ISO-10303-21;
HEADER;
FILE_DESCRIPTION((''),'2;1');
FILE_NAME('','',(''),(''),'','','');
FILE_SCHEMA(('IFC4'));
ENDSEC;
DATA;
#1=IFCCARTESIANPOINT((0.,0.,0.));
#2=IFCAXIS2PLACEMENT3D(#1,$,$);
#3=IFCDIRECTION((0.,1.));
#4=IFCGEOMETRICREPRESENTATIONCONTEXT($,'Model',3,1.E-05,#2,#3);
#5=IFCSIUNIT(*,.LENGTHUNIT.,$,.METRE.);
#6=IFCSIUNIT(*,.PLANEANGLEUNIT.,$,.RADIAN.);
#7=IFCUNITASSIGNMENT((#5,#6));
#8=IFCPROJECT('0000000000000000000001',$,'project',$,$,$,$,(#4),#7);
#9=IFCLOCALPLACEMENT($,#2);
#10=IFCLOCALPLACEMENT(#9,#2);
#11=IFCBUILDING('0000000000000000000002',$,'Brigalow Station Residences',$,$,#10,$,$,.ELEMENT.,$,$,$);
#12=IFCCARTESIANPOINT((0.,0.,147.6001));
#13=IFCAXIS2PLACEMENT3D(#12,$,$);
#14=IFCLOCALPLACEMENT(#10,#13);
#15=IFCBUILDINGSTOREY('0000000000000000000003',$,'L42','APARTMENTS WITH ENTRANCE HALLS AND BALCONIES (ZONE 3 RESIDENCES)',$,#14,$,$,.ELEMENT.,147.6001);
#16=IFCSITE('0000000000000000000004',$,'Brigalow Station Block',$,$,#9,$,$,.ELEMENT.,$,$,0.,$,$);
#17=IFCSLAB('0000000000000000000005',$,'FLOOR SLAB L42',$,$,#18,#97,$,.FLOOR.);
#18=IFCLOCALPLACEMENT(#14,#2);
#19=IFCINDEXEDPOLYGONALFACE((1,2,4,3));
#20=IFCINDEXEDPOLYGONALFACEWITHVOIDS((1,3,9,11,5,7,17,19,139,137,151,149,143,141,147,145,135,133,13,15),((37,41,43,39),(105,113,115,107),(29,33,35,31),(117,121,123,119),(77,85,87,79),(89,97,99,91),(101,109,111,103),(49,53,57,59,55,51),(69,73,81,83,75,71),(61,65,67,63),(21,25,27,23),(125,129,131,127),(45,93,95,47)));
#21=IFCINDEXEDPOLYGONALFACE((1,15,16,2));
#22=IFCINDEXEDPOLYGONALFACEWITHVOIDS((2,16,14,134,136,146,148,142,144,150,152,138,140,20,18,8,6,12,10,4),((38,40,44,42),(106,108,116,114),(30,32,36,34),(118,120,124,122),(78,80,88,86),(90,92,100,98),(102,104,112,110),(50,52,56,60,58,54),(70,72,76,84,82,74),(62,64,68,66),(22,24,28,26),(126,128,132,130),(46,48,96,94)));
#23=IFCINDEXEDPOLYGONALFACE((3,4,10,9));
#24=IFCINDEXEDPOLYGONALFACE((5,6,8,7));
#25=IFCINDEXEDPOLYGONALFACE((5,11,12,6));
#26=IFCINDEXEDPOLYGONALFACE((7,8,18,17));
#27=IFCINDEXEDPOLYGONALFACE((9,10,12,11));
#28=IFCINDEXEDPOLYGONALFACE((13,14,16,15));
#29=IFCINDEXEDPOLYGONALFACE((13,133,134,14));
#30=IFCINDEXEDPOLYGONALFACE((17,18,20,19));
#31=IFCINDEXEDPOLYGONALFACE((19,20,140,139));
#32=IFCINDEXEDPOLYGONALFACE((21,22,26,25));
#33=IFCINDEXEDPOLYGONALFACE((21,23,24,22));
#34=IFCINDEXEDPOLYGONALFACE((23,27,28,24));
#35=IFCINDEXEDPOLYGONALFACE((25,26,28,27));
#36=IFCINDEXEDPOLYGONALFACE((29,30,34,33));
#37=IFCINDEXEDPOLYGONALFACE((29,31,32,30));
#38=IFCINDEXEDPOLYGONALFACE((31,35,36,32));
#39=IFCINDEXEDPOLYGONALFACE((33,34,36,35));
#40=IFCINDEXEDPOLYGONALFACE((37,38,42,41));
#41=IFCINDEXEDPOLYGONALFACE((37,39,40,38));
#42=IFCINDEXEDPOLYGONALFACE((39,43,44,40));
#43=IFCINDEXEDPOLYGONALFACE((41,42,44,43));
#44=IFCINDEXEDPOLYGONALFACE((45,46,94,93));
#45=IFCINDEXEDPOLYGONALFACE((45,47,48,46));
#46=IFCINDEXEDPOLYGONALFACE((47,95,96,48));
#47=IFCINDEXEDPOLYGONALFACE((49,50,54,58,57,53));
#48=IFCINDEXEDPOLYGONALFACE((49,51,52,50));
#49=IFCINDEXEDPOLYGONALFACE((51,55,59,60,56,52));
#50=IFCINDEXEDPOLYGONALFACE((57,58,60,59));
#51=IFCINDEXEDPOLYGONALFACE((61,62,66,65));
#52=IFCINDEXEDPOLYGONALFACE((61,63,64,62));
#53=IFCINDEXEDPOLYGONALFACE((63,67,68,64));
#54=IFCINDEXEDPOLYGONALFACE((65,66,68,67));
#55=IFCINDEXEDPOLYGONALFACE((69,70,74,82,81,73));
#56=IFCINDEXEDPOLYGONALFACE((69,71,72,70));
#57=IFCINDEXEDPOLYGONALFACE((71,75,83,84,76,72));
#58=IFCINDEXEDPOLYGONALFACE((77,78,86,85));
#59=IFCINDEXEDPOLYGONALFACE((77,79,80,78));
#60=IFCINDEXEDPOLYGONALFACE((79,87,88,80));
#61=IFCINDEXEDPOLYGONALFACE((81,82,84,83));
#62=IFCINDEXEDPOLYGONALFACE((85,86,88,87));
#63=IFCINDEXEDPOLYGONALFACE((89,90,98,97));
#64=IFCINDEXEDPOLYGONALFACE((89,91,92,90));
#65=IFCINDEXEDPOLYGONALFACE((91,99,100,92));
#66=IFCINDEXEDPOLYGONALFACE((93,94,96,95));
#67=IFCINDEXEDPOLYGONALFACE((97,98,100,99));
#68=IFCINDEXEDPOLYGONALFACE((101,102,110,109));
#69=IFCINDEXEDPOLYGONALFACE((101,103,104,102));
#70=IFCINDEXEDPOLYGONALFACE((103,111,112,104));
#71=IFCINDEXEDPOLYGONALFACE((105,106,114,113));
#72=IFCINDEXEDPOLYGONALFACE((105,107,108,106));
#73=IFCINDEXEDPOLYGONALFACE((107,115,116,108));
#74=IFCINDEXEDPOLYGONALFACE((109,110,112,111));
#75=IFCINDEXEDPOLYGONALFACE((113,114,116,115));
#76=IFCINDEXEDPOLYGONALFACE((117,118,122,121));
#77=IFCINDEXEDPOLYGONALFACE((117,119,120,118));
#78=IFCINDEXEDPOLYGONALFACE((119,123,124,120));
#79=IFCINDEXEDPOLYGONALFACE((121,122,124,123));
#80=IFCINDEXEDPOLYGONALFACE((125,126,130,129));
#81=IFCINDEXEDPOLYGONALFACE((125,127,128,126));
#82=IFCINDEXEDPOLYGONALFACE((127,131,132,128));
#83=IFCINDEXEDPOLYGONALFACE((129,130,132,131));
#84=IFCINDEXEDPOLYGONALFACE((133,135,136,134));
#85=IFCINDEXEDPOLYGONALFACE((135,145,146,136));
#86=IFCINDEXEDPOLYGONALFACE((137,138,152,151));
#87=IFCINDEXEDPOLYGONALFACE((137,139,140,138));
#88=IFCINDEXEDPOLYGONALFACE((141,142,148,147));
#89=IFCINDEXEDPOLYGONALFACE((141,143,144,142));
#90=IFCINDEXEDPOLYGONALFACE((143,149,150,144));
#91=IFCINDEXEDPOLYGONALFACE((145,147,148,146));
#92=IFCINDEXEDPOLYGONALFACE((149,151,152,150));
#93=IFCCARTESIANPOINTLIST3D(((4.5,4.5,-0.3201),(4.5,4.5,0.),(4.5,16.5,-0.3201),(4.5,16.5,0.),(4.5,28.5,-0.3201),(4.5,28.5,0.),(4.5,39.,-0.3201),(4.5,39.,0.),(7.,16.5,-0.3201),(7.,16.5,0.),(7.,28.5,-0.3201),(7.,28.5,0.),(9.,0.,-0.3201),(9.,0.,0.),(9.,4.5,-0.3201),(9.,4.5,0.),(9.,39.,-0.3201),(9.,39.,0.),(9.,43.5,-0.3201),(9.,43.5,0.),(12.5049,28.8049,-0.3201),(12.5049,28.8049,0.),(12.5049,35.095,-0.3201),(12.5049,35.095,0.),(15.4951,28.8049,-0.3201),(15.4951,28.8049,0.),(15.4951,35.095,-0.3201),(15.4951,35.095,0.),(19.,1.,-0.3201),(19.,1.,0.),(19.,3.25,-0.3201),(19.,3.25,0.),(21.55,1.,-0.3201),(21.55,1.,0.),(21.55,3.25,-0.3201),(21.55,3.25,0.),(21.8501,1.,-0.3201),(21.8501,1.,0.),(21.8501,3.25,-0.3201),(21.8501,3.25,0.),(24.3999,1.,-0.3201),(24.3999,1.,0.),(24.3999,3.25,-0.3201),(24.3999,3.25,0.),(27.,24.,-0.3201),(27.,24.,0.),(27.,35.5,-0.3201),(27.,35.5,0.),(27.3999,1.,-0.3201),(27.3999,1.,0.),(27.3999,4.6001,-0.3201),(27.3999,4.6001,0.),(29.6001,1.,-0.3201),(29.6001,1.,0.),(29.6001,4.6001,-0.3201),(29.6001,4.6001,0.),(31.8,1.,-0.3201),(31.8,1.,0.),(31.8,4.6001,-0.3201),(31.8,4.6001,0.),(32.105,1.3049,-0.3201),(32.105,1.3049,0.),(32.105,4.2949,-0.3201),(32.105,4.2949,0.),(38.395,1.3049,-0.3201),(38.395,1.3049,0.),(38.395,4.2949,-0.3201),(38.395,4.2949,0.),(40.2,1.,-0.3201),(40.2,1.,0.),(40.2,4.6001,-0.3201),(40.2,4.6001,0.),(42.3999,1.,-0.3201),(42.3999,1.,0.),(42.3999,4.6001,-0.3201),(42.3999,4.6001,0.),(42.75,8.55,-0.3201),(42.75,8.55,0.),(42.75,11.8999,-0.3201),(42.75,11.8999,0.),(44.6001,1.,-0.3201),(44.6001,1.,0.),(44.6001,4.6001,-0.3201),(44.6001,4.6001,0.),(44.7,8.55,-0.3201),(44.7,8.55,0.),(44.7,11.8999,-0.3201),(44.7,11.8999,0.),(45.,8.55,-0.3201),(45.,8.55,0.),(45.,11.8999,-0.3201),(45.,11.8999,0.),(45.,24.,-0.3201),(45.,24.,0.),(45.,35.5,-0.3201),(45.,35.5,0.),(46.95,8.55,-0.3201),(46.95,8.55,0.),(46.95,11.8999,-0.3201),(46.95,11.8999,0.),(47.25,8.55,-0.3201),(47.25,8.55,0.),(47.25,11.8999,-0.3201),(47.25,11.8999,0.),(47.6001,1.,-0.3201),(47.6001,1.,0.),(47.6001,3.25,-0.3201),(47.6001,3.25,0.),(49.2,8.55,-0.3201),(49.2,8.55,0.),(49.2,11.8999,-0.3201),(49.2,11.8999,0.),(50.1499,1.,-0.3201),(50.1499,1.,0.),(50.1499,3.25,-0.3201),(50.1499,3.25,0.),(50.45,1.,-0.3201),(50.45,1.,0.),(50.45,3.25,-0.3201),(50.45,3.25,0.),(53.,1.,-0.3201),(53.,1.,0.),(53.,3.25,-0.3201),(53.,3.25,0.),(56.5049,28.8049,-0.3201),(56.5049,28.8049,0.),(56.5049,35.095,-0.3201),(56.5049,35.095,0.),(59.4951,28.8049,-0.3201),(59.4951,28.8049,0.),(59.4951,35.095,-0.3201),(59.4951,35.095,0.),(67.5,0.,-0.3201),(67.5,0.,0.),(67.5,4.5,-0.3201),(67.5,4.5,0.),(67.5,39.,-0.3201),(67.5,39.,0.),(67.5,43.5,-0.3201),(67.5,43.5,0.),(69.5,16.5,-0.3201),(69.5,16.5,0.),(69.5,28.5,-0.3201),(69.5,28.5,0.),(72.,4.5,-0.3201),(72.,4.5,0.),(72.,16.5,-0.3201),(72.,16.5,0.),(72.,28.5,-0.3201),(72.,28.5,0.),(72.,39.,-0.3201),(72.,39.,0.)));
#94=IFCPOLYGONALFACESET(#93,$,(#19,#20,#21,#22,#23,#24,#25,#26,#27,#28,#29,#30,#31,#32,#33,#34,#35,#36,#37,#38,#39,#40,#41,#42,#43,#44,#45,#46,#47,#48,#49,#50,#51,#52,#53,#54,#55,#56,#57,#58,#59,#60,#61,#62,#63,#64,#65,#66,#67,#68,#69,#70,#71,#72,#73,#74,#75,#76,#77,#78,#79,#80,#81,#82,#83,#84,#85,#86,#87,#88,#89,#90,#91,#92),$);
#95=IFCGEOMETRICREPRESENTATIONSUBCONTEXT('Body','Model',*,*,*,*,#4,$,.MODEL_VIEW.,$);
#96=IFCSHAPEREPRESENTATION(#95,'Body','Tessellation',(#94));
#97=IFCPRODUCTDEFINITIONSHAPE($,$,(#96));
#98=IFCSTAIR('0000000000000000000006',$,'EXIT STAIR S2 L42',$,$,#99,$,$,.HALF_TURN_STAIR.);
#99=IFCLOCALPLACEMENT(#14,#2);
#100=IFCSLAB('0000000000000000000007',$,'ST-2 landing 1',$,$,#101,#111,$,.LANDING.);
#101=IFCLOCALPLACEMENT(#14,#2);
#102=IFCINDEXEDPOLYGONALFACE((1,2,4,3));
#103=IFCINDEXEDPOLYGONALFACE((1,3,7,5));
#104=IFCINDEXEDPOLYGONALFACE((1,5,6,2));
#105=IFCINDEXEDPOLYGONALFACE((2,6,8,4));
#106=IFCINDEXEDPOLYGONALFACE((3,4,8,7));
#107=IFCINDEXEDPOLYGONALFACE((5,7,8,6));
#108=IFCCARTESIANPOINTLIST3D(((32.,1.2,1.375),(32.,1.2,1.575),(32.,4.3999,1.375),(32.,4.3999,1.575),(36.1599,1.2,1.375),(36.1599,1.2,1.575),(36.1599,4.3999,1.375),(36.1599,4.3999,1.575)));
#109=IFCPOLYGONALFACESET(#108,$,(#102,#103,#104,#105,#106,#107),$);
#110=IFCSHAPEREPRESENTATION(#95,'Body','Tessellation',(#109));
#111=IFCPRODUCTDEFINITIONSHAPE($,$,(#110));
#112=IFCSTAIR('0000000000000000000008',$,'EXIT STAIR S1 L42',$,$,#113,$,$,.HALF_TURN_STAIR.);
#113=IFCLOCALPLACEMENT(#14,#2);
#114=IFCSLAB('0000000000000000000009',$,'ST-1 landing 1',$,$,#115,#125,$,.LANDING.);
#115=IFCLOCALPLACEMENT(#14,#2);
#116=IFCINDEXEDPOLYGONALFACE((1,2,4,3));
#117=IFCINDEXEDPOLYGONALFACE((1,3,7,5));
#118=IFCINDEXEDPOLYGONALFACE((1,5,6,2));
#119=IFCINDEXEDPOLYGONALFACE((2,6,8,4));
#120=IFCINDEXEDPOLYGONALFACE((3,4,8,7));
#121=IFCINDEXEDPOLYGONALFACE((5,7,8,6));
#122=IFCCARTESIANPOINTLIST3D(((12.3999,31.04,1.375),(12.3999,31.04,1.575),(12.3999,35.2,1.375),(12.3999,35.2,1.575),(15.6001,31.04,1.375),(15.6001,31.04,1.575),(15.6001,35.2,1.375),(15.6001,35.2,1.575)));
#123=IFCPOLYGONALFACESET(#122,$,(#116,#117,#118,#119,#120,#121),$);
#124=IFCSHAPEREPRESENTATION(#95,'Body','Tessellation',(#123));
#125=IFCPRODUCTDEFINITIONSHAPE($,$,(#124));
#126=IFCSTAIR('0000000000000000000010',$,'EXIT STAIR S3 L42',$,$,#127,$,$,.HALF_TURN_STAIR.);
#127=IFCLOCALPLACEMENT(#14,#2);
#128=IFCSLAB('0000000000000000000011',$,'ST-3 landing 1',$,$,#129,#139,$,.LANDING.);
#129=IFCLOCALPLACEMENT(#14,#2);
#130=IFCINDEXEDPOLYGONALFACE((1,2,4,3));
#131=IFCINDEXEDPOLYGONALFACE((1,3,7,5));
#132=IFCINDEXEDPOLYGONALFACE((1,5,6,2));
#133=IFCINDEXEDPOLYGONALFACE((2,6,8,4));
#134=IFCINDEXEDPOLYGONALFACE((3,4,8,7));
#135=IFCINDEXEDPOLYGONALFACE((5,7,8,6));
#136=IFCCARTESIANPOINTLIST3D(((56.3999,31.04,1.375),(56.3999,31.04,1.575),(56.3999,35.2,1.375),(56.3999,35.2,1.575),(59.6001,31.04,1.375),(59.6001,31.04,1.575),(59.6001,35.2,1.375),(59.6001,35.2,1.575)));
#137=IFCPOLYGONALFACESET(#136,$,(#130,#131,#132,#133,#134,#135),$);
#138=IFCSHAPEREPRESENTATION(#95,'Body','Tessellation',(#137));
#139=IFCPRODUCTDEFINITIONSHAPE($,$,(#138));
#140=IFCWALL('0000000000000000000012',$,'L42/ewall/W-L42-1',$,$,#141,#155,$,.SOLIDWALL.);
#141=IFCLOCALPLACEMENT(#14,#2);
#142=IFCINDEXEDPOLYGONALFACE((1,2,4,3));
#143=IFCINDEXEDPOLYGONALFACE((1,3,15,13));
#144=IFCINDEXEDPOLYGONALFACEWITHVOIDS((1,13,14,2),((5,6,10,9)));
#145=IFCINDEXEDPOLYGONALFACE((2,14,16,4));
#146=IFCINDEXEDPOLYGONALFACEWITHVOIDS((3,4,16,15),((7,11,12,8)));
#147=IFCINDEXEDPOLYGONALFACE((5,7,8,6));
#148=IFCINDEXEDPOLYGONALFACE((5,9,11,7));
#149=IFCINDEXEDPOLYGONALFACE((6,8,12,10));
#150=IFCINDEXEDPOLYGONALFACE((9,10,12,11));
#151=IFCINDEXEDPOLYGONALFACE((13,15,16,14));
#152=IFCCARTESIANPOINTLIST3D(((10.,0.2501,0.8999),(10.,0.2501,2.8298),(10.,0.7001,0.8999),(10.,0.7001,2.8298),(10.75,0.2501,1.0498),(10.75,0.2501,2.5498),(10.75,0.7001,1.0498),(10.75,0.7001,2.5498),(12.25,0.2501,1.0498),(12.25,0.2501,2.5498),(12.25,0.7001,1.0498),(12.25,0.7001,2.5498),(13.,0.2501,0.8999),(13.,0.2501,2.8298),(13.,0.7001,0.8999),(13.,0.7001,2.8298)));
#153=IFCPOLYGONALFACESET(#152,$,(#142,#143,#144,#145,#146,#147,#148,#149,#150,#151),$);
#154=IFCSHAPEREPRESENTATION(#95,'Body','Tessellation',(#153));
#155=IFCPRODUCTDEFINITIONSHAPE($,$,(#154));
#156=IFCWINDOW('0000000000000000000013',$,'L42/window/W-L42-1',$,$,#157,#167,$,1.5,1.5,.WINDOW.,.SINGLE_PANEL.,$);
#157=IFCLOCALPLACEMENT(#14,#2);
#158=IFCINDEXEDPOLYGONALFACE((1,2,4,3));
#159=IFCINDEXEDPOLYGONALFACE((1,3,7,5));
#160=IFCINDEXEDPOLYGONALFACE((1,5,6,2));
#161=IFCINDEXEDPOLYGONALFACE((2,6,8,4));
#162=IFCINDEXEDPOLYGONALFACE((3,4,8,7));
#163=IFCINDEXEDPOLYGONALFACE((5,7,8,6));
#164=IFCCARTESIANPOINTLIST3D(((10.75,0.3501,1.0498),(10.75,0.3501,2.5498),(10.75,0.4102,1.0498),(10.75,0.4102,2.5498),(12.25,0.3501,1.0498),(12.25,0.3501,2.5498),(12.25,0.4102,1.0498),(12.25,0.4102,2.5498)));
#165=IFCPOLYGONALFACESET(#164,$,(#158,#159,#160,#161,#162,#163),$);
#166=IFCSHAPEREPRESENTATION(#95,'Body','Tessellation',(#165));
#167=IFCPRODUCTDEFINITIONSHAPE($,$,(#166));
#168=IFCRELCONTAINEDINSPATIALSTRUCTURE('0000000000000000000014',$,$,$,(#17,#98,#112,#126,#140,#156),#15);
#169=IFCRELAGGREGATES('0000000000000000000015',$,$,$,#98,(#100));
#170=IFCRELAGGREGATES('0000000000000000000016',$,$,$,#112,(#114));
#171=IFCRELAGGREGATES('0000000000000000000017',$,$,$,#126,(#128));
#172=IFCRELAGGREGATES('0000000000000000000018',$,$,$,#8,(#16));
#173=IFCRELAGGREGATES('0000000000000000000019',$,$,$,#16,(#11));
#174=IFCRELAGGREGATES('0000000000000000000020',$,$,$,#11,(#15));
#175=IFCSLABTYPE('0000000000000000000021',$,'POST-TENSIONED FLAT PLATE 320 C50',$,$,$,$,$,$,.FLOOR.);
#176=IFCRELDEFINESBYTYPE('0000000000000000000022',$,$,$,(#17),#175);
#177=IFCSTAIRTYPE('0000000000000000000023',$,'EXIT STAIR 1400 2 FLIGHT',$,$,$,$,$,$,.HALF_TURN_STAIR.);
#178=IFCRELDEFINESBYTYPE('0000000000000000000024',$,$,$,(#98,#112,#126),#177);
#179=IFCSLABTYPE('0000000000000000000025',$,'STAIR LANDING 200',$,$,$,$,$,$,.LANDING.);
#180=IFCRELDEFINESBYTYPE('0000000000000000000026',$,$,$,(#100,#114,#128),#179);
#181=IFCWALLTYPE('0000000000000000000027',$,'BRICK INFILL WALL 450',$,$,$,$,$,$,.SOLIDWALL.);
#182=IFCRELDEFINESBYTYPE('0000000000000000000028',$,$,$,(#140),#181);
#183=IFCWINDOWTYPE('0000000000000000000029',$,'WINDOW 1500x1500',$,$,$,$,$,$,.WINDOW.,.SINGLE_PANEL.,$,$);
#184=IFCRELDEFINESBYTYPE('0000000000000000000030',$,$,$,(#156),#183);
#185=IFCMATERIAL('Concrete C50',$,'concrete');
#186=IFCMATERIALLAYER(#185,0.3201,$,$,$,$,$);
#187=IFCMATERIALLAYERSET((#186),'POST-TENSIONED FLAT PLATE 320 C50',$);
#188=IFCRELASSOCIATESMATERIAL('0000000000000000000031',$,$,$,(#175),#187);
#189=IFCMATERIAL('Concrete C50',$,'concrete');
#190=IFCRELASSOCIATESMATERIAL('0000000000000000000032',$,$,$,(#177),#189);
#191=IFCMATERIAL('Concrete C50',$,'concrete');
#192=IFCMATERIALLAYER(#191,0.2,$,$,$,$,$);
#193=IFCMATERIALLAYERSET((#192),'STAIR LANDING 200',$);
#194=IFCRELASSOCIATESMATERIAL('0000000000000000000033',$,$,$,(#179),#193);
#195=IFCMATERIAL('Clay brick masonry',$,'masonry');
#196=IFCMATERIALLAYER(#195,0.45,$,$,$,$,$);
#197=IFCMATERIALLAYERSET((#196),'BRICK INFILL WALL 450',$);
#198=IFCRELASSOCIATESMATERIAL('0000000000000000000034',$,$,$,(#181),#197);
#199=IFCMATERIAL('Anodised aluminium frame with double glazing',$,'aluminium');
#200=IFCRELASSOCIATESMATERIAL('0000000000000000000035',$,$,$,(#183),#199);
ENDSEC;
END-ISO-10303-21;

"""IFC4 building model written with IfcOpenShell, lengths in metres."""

from ifc_helpers import new_model, si_unit, direction, frame, frame_2d, origin, place, context, subcontext, project, spatial, polyline, rectangle, outline, extrude, material, layer, layer_set, type_object, element, fill, aggregate, save


model = new_model("IFC4")

# Units and contexts
model_context = context("Model", 3, precision=1e-05, world=origin(), true_north=direction((0.0, 1.0)))
body_context = subcontext(model_context, "Body", "Model", "MODEL_VIEW")
ifc_project = project(units=[si_unit("LENGTHUNIT", "METRE"), si_unit("PLANEANGLEUNIT", "RADIAN")], contexts=[model_context])

# Site, building, storey
site_placement = place(None, origin())
site = spatial("IfcSite", under=ifc_project, at=site_placement, Name="Brigalow Station Block", CompositionType="ELEMENT", RefElevation=0.0)
building_placement = place(site_placement, origin())
building = spatial("IfcBuilding", under=site, at=building_placement, Name="Brigalow Station Residences", CompositionType="ELEMENT")
storey_placement = place(building_placement, frame((0.0, 0.0, 147.6001)))
storey = spatial("IfcBuildingStorey", under=building, at=storey_placement, Name="L42", Description="APARTMENTS WITH ENTRANCE HALLS AND BALCONIES (ZONE 3 RESIDENCES)", CompositionType="ELEMENT", Elevation=147.6001)

# Slab
ifc_material_1 = material(Name="Concrete C50", Category="concrete")
ifc_layer_1 = layer(ifc_material_1, 0.3201)
ifc_layer_set_1 = layer_set([ifc_layer_1], Name="POST-TENSIONED FLAT PLATE 320 C50")
slab_type_1 = type_object("IfcSlabType", Name="POST-TENSIONED FLAT PLATE 320 C50", PredefinedType="FLOOR", material=ifc_layer_set_1)
slab_1_placement = place(storey_placement, frame((0.0, 0.0, -0.3201)))
element("IfcSlab", 1, at=slab_1_placement, inside=storey, type_object=slab_type_1, Name="FLOOR SLAB L42", PredefinedType="FLOOR", context=body_context, shape_type="SweptSolid", body=[
    extrude(outline(polyline([(9.0, 0.0), (67.5, 0.0), (67.5, 4.5), (72.0, 4.5), (72.0, 16.5), (69.5, 16.5), (69.5, 28.5), (72.0, 28.5), (72.0, 39.0), (67.5, 39.0), (67.5, 43.5), (9.0, 43.5), (9.0, 39.0), (4.5, 39.0), (4.5, 28.5), (7.0, 28.5), (7.0, 16.5), (4.5, 16.5), (4.5, 4.5), (9.0, 4.5), (9.0, 0.0)]), holes=[polyline([(12.5049, 35.095), (15.4951, 35.095), (15.4951, 28.8049), (12.5049, 28.8049), (12.5049, 35.095)]), polyline([(19.0, 1.0), (19.0, 3.25), (21.55, 3.25), (21.55, 1.0), (19.0, 1.0)]), polyline([(21.8501, 3.25), (24.3999, 3.25), (24.3999, 1.0), (21.8501, 1.0), (21.8501, 3.25)]), polyline([(27.0, 35.5), (45.0, 35.5), (45.0, 24.0), (27.0, 24.0), (27.0, 35.5)]), polyline([(29.6001, 4.6001), (31.8, 4.6001), (31.8, 1.0), (29.6001, 1.0), (27.3999, 1.0), (27.3999, 4.6001), (29.6001, 4.6001)]), polyline([(32.105, 4.2949), (38.395, 4.2949), (38.395, 1.3049), (32.105, 1.3049), (32.105, 4.2949)]), polyline([(40.2, 4.6001), (42.3999, 4.6001), (44.6001, 4.6001), (44.6001, 1.0), (42.3999, 1.0), (40.2, 1.0), (40.2, 4.6001)]), polyline([(42.75, 11.8999), (44.7, 11.8999), (44.7, 8.55), (42.75, 8.55), (42.75, 11.8999)]), polyline([(45.0, 11.8999), (46.95, 11.8999), (46.95, 8.55), (45.0, 8.55), (45.0, 11.8999)]), polyline([(47.25, 11.8999), (49.2, 11.8999), (49.2, 8.55), (47.25, 8.55), (47.25, 11.8999)]), polyline([(47.6001, 3.25), (50.1499, 3.25), (50.1499, 1.0), (47.6001, 1.0), (47.6001, 3.25)]), polyline([(50.45, 3.25), (53.0, 3.25), (53.0, 1.0), (50.45, 1.0), (50.45, 3.25)]), polyline([(56.5049, 35.095), (59.4951, 35.095), (59.4951, 28.8049), (56.5049, 28.8049), (56.5049, 35.095)])]), origin(), (0.0, 0.0, 1.0), 0.3201),
])

# Stairs, slabs
ifc_material_2 = material(Name="Concrete C50", Category="concrete")
stair_type = type_object("IfcStairType", Name="EXIT STAIR 1400 2 FLIGHT", PredefinedType="HALF_TURN_STAIR", material=ifc_material_2)
stair_1_placement = place(storey_placement, origin())
stair_1 = element("IfcStair", 2, at=stair_1_placement, inside=storey, type_object=stair_type, Name="EXIT STAIR S2 L42", PredefinedType="HALF_TURN_STAIR")
ifc_material_3 = material(Name="Concrete C50", Category="concrete")
ifc_layer_2 = layer(ifc_material_3, 0.2)
ifc_layer_set_2 = layer_set([ifc_layer_2], Name="STAIR LANDING 200")
slab_type_2 = type_object("IfcSlabType", Name="STAIR LANDING 200", PredefinedType="LANDING", material=ifc_layer_set_2)
slab_2_placement = place(storey_placement, frame((0.0, 0.0, 1.375)))
slab_2 = element("IfcSlab", 3, at=slab_2_placement, type_object=slab_type_2, Name="ST-2 landing 1", PredefinedType="LANDING", context=body_context, shape_type="SweptSolid", body=[
    extrude(outline(polyline([(32.0, 1.2), (36.1599, 1.2), (36.1599, 4.3999), (32.0, 4.3999), (32.0, 1.2)])), origin(), (0.0, 0.0, 1.0), 0.2),
])
aggregate(stair_1, [slab_2])
stair_2_placement = place(storey_placement, origin())
stair_2 = element("IfcStair", 4, at=stair_2_placement, inside=storey, type_object=stair_type, Name="EXIT STAIR S1 L42", PredefinedType="HALF_TURN_STAIR")
slab_3_placement = place(storey_placement, frame((0.0, 0.0, 1.375)))
slab_3 = element("IfcSlab", 5, at=slab_3_placement, type_object=slab_type_2, Name="ST-1 landing 1", PredefinedType="LANDING", context=body_context, shape_type="SweptSolid", body=[
    extrude(outline(polyline([(12.3999, 31.04), (15.6001, 31.04), (15.6001, 35.2), (12.3999, 35.2), (12.3999, 31.04)])), origin(), (0.0, 0.0, 1.0), 0.2),
])
aggregate(stair_2, [slab_3])
stair_3_placement = place(storey_placement, origin())
stair_3 = element("IfcStair", 6, at=stair_3_placement, inside=storey, type_object=stair_type, Name="EXIT STAIR S3 L42", PredefinedType="HALF_TURN_STAIR")
slab_4_placement = place(storey_placement, frame((0.0, 0.0, 1.375)))
slab_4 = element("IfcSlab", 7, at=slab_4_placement, type_object=slab_type_2, Name="ST-3 landing 1", PredefinedType="LANDING", context=body_context, shape_type="SweptSolid", body=[
    extrude(outline(polyline([(56.3999, 31.04), (59.6001, 31.04), (59.6001, 35.2), (56.3999, 35.2), (56.3999, 31.04)])), origin(), (0.0, 0.0, 1.0), 0.2),
])
aggregate(stair_3, [slab_4])

# Wall, opening, window
ifc_material_4 = material(Name="Clay brick masonry", Category="masonry")
ifc_layer_3 = layer(ifc_material_4, 0.45)
ifc_layer_set_3 = layer_set([ifc_layer_3], Name="BRICK INFILL WALL 450")
wall_type = type_object("IfcWallType", Name="BRICK INFILL WALL 450", PredefinedType="SOLIDWALL", material=ifc_layer_set_3)
wall_1_placement = place(storey_placement, frame((10.0, 0.4751, 0.8999), z_axis=(0.0, 0.0, 1.0), x_axis=(1.0, 0.0, 0.0)))
wall_1 = element("IfcWall", 8, at=wall_1_placement, inside=storey, type_object=wall_type, Name="L42/ewall/W-L42-1", PredefinedType="SOLIDWALL", context=body_context, shape_type="SweptSolid", body=[
    extrude(rectangle(XDim=3.0, YDim=0.45, at=frame_2d((1.5, 0.0))), origin(), (0.0, 0.0, 1.0), 1.9299),
])
opening_1_placement = place(wall_1_placement, frame((0.75, 0.0, 0.1499)))
opening_1 = element("IfcOpeningElement", 9, at=opening_1_placement, cuts=wall_1, PredefinedType="OPENING", context=body_context, shape_type="SweptSolid", body=[
    extrude(rectangle(XDim=1.5, YDim=1.5, at=frame_2d((0.75, 0.75))), frame((0.0, 0.2349, 0.0), z_axis=(0.0, -1.0, 0.0), x_axis=(1.0, 0.0, 0.0)), (0.0, 0.0, 1.0), 0.47),
])
ifc_material_5 = material(Name="Anodised aluminium frame with double glazing", Category="aluminium")
window_type_1 = type_object("IfcWindowType", Name="WINDOW 1500x1500", PartitioningType="SINGLE_PANEL", PredefinedType="WINDOW", material=ifc_material_5)
window_1_placement = place(opening_1_placement, origin())
window_1 = element("IfcWindow", 10, at=window_1_placement, inside=storey, type_object=window_type_1, Name="L42/window/W-L42-1", OverallHeight=1.5, OverallWidth=1.5, PartitioningType="SINGLE_PANEL", PredefinedType="WINDOW", context=body_context, shape_type="SweptSolid", body=[
    extrude(rectangle(XDim=1.5, YDim=1.5, at=frame_2d((0.75, 0.75))), frame((0.0, -0.0649, 0.0), z_axis=(0.0, -1.0, 0.0), x_axis=(1.0, 0.0, 0.0)), (0.0, 0.0, 1.0), 0.0601),
])
fill(opening_1, window_1)

save(model, "model.ifc")
